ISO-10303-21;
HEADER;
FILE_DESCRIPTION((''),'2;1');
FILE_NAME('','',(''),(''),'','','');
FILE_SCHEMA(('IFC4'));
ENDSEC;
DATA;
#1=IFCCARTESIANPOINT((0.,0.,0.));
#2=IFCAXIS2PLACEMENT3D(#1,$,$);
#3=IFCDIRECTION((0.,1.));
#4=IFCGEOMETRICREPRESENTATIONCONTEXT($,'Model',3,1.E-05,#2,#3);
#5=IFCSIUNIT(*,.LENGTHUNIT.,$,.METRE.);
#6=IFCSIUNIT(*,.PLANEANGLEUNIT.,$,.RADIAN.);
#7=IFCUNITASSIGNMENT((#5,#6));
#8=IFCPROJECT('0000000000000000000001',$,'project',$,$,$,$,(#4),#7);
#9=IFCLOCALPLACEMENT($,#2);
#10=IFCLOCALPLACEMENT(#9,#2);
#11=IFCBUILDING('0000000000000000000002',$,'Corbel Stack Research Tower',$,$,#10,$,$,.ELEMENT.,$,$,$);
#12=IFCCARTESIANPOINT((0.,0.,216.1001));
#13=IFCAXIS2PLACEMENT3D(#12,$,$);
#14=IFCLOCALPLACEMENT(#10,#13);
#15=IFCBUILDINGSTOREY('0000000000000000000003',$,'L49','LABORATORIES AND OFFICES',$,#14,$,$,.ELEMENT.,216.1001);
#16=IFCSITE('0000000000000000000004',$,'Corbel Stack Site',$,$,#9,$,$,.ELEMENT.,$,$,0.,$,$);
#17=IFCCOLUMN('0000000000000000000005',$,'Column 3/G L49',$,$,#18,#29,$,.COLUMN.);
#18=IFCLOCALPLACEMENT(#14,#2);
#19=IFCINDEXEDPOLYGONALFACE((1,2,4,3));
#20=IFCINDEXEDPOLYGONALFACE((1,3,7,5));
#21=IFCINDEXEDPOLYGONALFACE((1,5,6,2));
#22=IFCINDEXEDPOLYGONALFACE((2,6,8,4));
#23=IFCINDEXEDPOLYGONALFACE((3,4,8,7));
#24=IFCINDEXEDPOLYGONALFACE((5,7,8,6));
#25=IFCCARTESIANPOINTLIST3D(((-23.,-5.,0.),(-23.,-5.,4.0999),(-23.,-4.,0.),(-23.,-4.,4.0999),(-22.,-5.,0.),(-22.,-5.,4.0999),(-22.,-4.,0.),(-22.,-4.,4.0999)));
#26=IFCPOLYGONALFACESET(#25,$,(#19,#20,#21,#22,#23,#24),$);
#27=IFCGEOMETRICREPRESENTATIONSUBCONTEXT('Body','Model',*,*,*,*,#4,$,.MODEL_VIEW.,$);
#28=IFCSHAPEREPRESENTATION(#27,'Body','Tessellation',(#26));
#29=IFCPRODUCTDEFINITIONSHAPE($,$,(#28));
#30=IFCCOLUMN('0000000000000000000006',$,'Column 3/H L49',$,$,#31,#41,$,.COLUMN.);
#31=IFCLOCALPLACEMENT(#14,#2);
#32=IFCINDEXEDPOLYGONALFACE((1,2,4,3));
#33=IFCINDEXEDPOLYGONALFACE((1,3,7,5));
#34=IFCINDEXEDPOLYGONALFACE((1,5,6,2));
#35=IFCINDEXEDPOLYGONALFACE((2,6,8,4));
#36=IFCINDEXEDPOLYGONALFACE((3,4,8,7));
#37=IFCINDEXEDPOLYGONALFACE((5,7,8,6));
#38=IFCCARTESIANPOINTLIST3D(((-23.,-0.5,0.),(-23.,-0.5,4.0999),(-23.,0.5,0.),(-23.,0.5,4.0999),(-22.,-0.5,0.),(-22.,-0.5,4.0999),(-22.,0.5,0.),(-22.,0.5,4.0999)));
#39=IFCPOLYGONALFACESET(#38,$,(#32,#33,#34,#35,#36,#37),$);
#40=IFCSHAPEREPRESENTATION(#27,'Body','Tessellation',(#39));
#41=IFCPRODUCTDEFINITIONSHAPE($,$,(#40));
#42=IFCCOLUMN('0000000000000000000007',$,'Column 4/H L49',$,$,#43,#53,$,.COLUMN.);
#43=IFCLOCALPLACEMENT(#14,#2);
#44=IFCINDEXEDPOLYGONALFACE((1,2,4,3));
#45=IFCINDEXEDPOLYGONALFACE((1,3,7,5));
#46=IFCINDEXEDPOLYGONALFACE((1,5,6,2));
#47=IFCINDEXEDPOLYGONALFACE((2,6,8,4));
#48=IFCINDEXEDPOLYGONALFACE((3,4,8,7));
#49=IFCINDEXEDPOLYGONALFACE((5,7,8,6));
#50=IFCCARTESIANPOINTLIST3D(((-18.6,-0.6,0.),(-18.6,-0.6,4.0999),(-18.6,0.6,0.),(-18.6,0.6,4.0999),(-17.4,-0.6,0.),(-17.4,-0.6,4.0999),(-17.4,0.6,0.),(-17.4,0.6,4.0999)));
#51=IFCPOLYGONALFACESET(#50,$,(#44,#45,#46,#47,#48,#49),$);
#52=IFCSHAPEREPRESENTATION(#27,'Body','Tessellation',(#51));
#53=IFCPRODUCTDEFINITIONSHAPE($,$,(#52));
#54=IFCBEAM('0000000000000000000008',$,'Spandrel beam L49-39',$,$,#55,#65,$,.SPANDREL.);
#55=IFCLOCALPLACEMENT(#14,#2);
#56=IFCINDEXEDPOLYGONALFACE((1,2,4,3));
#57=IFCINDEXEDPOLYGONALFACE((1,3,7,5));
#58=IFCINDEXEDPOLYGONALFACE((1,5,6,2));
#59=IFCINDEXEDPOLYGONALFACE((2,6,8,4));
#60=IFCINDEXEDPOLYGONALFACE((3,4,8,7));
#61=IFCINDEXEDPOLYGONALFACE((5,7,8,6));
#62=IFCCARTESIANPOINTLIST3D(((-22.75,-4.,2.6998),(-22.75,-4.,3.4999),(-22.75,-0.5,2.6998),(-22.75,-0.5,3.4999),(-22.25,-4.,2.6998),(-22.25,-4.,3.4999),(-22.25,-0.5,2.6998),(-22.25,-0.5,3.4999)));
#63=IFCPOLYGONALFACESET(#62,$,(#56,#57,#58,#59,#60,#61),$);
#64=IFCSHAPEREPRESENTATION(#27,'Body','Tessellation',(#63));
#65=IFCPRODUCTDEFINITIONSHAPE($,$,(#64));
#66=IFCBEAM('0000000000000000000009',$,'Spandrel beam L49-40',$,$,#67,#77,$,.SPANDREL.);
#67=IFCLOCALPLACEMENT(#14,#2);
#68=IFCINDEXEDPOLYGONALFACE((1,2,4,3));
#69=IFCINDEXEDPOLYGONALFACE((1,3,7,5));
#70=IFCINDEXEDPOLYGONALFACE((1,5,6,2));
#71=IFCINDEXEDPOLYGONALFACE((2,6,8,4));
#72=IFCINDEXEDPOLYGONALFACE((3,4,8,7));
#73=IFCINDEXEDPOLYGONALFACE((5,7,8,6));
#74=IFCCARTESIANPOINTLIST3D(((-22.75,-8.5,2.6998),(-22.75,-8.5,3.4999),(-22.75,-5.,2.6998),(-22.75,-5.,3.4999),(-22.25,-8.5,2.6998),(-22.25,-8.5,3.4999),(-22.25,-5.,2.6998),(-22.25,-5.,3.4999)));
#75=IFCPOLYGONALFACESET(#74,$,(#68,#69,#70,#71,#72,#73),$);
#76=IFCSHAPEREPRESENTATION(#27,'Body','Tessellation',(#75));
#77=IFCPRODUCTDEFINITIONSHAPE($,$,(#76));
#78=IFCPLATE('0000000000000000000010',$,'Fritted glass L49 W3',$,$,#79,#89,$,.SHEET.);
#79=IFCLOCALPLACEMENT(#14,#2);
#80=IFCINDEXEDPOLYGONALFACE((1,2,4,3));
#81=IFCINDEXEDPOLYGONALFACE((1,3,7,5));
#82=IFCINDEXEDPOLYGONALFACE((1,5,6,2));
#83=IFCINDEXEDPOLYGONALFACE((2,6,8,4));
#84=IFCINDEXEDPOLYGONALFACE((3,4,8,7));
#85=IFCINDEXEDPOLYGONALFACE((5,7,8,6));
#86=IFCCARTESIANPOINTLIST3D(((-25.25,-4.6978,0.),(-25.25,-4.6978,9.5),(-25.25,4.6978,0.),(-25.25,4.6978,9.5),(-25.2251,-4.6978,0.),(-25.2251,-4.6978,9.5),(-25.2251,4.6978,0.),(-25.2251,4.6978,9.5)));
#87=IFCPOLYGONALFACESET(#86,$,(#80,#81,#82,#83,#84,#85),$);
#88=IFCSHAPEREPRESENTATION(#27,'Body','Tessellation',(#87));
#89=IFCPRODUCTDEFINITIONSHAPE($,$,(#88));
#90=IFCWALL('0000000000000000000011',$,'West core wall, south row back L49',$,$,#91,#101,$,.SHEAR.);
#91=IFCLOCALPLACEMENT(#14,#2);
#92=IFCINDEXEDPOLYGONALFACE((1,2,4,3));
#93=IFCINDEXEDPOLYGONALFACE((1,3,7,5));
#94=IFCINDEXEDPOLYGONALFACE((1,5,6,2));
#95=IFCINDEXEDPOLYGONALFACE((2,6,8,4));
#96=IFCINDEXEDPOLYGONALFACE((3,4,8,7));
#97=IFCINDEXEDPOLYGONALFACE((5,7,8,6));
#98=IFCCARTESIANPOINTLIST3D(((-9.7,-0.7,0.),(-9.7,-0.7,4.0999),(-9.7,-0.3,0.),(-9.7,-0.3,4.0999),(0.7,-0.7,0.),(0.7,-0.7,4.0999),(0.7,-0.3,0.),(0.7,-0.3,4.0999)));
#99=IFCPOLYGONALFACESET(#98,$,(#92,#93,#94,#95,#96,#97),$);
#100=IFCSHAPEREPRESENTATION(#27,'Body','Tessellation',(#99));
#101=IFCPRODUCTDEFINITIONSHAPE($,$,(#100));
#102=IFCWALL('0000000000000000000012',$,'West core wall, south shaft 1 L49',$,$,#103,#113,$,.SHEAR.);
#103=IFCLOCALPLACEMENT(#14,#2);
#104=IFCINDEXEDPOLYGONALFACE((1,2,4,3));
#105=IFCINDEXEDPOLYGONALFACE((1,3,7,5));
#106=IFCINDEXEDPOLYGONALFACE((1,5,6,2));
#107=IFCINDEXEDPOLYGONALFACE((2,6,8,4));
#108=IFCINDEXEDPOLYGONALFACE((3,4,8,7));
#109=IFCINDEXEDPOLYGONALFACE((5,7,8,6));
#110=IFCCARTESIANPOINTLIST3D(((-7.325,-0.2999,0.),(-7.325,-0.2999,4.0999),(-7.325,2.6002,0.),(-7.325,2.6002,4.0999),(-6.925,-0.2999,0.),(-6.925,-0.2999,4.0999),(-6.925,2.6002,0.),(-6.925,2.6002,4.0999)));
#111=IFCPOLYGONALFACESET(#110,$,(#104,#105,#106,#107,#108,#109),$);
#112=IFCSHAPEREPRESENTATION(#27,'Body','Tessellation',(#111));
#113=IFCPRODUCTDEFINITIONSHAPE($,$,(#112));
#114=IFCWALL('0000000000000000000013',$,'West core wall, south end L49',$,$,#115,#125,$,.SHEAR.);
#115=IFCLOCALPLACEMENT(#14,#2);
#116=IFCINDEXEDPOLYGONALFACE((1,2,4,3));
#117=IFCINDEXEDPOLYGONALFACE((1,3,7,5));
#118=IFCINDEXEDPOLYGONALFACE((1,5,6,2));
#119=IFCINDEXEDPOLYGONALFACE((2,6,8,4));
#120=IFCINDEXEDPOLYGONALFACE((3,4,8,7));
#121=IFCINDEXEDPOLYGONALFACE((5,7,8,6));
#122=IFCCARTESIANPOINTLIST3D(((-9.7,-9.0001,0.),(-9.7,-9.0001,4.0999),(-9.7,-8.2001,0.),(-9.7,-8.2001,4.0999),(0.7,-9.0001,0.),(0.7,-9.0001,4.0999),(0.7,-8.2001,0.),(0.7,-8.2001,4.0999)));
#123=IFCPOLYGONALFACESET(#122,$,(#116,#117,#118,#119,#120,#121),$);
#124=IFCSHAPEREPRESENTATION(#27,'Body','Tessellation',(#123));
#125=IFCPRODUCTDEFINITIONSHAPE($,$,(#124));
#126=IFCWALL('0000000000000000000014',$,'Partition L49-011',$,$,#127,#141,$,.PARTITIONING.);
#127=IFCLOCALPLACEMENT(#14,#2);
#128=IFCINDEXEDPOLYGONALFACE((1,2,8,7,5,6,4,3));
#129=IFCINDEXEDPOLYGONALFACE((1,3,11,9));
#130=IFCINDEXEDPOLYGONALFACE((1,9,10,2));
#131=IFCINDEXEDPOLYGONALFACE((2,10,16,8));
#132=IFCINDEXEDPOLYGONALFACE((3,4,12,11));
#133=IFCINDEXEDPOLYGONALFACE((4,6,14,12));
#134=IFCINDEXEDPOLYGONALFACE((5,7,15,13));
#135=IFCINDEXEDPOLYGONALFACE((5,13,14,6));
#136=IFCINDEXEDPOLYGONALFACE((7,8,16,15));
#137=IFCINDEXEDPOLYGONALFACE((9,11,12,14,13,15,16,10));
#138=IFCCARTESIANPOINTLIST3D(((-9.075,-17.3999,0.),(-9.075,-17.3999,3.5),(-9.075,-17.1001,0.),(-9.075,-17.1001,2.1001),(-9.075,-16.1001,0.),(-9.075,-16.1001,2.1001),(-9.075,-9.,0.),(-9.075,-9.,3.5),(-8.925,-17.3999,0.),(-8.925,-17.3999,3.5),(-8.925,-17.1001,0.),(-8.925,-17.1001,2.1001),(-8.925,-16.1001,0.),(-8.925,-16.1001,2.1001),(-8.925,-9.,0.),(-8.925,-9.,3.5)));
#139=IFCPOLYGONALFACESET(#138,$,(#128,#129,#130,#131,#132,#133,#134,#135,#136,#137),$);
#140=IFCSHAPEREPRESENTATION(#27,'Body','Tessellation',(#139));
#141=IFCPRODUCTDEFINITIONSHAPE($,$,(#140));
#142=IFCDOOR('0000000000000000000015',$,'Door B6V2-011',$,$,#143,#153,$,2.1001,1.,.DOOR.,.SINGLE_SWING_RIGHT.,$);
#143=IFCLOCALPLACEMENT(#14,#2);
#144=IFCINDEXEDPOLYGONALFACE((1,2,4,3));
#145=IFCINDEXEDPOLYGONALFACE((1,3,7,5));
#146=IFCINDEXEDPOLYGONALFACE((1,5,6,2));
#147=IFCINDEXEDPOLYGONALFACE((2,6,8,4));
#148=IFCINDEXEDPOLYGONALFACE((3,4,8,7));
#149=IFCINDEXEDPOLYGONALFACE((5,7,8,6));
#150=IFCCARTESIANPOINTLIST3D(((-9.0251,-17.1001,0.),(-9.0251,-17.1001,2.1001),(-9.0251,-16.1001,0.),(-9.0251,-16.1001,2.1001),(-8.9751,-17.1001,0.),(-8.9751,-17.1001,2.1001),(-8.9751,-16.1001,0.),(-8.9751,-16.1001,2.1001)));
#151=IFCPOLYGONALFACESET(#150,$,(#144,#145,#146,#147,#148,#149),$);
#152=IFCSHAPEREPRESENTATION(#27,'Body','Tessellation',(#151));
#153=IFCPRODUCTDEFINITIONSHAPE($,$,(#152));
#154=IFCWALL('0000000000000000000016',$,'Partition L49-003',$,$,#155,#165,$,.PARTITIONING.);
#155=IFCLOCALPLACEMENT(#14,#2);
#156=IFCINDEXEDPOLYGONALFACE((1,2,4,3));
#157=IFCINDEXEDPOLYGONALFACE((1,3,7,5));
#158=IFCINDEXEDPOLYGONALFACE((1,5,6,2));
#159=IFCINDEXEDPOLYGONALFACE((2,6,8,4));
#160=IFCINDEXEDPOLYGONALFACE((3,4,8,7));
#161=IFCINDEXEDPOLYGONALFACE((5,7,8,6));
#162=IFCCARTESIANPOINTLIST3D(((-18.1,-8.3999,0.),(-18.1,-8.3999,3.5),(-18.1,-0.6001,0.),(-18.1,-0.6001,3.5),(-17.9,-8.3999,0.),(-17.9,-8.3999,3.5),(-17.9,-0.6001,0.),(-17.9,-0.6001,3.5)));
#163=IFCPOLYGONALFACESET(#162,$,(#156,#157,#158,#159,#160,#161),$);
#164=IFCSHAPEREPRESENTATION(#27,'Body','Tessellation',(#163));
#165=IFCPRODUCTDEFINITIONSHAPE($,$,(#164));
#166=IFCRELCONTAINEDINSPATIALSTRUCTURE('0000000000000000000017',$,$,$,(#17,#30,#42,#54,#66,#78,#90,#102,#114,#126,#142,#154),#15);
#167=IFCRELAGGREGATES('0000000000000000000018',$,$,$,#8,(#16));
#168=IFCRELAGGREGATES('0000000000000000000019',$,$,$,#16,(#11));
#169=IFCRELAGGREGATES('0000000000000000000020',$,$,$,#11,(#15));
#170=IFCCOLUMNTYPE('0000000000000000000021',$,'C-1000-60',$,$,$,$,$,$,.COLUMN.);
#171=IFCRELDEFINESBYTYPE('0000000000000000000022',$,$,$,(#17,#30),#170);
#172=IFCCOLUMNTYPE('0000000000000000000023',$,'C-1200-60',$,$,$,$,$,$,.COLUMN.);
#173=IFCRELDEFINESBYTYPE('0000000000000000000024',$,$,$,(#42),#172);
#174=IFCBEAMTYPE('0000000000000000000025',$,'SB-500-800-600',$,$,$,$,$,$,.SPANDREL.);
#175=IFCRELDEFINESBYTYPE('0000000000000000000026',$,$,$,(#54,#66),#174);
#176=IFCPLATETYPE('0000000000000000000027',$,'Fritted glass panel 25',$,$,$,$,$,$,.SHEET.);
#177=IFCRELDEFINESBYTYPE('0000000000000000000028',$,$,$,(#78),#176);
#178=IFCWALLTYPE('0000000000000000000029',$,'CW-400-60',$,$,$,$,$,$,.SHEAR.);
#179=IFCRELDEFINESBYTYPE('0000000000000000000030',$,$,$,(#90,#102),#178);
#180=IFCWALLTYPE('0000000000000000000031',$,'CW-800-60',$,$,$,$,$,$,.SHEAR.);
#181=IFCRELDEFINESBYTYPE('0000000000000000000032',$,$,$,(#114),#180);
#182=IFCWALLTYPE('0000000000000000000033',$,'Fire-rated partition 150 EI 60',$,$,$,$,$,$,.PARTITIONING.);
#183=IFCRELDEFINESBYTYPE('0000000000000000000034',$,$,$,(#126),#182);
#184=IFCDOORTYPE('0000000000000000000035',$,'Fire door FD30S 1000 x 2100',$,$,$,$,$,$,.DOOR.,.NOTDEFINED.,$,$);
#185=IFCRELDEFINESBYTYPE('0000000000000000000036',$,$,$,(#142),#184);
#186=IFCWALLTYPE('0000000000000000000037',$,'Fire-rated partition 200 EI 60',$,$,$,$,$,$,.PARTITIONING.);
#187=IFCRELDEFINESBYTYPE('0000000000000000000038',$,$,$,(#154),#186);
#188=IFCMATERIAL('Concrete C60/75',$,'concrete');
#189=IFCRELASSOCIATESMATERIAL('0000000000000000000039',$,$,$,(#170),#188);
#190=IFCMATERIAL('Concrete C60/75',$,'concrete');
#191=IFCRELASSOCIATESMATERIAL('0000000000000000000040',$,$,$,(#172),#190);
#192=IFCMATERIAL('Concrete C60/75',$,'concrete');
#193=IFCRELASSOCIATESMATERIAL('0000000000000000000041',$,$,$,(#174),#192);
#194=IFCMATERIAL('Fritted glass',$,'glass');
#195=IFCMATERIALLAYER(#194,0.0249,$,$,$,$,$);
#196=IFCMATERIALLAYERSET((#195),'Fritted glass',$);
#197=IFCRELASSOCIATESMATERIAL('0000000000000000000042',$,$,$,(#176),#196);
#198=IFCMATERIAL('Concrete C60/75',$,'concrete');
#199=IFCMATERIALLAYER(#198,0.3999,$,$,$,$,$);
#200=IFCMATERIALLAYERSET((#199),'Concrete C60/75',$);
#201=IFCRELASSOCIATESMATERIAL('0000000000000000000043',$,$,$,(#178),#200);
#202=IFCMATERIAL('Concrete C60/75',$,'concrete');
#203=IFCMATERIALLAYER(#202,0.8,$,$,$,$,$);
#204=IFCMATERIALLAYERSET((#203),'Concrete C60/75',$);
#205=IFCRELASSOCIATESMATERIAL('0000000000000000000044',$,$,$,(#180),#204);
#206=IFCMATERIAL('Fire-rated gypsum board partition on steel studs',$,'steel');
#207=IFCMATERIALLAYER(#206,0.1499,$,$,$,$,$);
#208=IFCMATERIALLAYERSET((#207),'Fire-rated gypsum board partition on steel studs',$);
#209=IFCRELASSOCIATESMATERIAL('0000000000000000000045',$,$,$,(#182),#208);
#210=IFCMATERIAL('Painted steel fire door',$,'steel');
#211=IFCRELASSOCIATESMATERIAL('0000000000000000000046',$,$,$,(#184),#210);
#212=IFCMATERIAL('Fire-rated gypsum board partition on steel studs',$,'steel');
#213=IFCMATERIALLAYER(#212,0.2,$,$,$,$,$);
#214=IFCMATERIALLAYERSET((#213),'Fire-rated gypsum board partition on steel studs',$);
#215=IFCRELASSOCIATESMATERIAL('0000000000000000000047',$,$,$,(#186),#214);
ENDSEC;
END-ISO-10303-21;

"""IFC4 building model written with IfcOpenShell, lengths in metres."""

from ifc_helpers import new_model, si_unit, direction, frame, frame_2d, origin, origin_2d, place, context, subcontext, project, spatial, rectangle, extrude, material, layer, layer_set, material_profile, profile_set, type_object, element, fill, save


model = new_model("IFC4")

# Units and contexts
model_context = context("Model", 3, precision=1e-05, world=origin(), true_north=direction((0.0, 1.0)))
body_context = subcontext(model_context, "Body", "Model", "MODEL_VIEW")
ifc_project = project(units=[si_unit("LENGTHUNIT", "METRE"), si_unit("PLANEANGLEUNIT", "RADIAN")], contexts=[model_context])

# Site, building, storey
site_placement = place(None, origin())
site = spatial("IfcSite", under=ifc_project, at=site_placement, Name="Corbel Stack Site", CompositionType="ELEMENT", RefElevation=0.0)
building_placement = place(site_placement, origin())
building = spatial("IfcBuilding", under=site, at=building_placement, Name="Corbel Stack Research Tower", CompositionType="ELEMENT")
storey_placement = place(building_placement, frame((0.0, 0.0, 216.1001)))
storey = spatial("IfcBuildingStorey", under=building, at=storey_placement, Name="L49", Description="LABORATORIES AND OFFICES", CompositionType="ELEMENT", Elevation=216.1001)

# Columns
ifc_material_1 = material(Name="Concrete C60/75", Category="concrete")
ifc_material_profile_1 = material_profile(ifc_material_1, rectangle(XDim=1.0, YDim=1.0, at=origin_2d()), Name="RC 1000 x 1000")
ifc_profile_set_1 = profile_set([ifc_material_profile_1], Name="Concrete C60/75")
column_type_1 = type_object("IfcColumnType", Name="C-1000-60", PredefinedType="COLUMN", material=ifc_profile_set_1)
for number, where, z_axis, x_axis, name in (
    (1, (-22.5, -4.5, 0.0), (0.0, 0.0, 1.0), (1.0, 0.0, 0.0), "Column 3/G L49"),
    (2, (-22.5, 0.0, 0.0), (0.0, 0.0, 1.0), (1.0, 0.0, 0.0), "Column 3/H L49"),
):
    element("IfcColumn", number, at=place(storey_placement, frame(where, z_axis=z_axis, x_axis=x_axis)), inside=storey, type_object=column_type_1, Name=name, PredefinedType="COLUMN", context=body_context, shape_type="SweptSolid", body=[
        extrude(rectangle(XDim=1.0, YDim=1.0, at=origin_2d()), origin(), (0.0, 0.0, 1.0), 4.0999),
    ])
ifc_material_2 = material(Name="Concrete C60/75", Category="concrete")
ifc_material_profile_2 = material_profile(ifc_material_2, rectangle(XDim=1.2, YDim=1.2, at=origin_2d()), Name="RC 1200 x 1200")
ifc_profile_set_2 = profile_set([ifc_material_profile_2], Name="Concrete C60/75")
column_type_2 = type_object("IfcColumnType", Name="C-1200-60", PredefinedType="COLUMN", material=ifc_profile_set_2)
column_placement = place(storey_placement, frame((-18.0, 0.0, 0.0), z_axis=(0.0, 0.0, 1.0), x_axis=(1.0, 0.0, 0.0)))
element("IfcColumn", 3, at=column_placement, inside=storey, type_object=column_type_2, Name="Column 4/H L49", PredefinedType="COLUMN", context=body_context, shape_type="SweptSolid", body=[
    extrude(rectangle(XDim=1.2, YDim=1.2, at=origin_2d()), origin(), (0.0, 0.0, 1.0), 4.0999),
])

# Beams
ifc_material_3 = material(Name="Concrete C60/75", Category="concrete")
ifc_material_profile_3 = material_profile(ifc_material_3, rectangle(XDim=0.5, YDim=0.8, at=origin_2d()), Name="RC 500 x 800")
ifc_profile_set_3 = profile_set([ifc_material_profile_3], Name="Concrete C60/75")
beam_type = type_object("IfcBeamType", Name="SB-500-800-600", PredefinedType="SPANDREL", material=ifc_profile_set_3)
for number, where, z_axis, x_axis, name in (
    (4, (-22.5, -0.5, 3.0999), (0.0, -1.0, 0.0), (1.0, 0.0, 0.0), "Spandrel beam L49-39"),
    (5, (-22.5, -5.0, 3.0999), (0.0, -1.0, 0.0), (1.0, 0.0, 0.0), "Spandrel beam L49-40"),
):
    element("IfcBeam", number, at=place(storey_placement, frame(where, z_axis=z_axis, x_axis=x_axis)), inside=storey, type_object=beam_type, Name=name, PredefinedType="SPANDREL", context=body_context, shape_type="SweptSolid", body=[
        extrude(rectangle(XDim=0.5, YDim=0.8, at=origin_2d()), origin(), (0.0, 0.0, 1.0), 3.5),
    ])

# Plate
ifc_material_4 = material(Name="Fritted glass", Category="glass")
ifc_layer_1 = layer(ifc_material_4, 0.0249)
ifc_layer_set_1 = layer_set([ifc_layer_1], Name="Fritted glass")
plate_type = type_object("IfcPlateType", Name="Fritted glass panel 25", PredefinedType="SHEET", material=ifc_layer_set_1)
plate_placement = place(storey_placement, frame((-25.2375, 0.0, 0.0), z_axis=(0.0, 0.0, 1.0), x_axis=(0.0, -1.0, 0.0)))
element("IfcPlate", 6, at=plate_placement, inside=storey, type_object=plate_type, Name="Fritted glass L49 W3", PredefinedType="SHEET", context=body_context, shape_type="SweptSolid", body=[
    extrude(rectangle(XDim=9.3955, YDim=0.0249, at=origin_2d()), origin(), (0.0, 0.0, 1.0), 9.5),
])

# Walls
ifc_material_5 = material(Name="Concrete C60/75", Category="concrete")
ifc_layer_2 = layer(ifc_material_5, 0.3999)
ifc_layer_set_2 = layer_set([ifc_layer_2], Name="Concrete C60/75")
wall_type_1 = type_object("IfcWallType", Name="CW-400-60", PredefinedType="SHEAR", material=ifc_layer_set_2)
wall_1_placement = place(storey_placement, frame((-9.7, -0.5, 0.0), z_axis=(0.0, 0.0, 1.0), x_axis=(1.0, 0.0, 0.0)))
element("IfcWall", 7, at=wall_1_placement, inside=storey, type_object=wall_type_1, Name="West core wall, south row back L49", PredefinedType="SHEAR", context=body_context, shape_type="SweptSolid", body=[
    extrude(rectangle(XDim=10.3999, YDim=0.3999, at=frame_2d((5.2, 0.0))), origin(), (0.0, 0.0, 1.0), 4.0999),
])
wall_2_placement = place(storey_placement, frame((-7.125, -0.3, 0.0), z_axis=(0.0, 0.0, 1.0), x_axis=(0.0, 1.0, 0.0)))
element("IfcWall", 8, at=wall_2_placement, inside=storey, type_object=wall_type_1, Name="West core wall, south shaft 1 L49", PredefinedType="SHEAR", context=body_context, shape_type="SweptSolid", body=[
    extrude(rectangle(XDim=2.9001, YDim=0.3999, at=frame_2d((1.4502, 0.0))), origin(), (0.0, 0.0, 1.0), 4.0999),
])
ifc_material_6 = material(Name="Concrete C60/75", Category="concrete")
ifc_layer_3 = layer(ifc_material_6, 0.8)
ifc_layer_set_3 = layer_set([ifc_layer_3], Name="Concrete C60/75")
wall_type_2 = type_object("IfcWallType", Name="CW-800-60", PredefinedType="SHEAR", material=ifc_layer_set_3)
wall_3_placement = place(storey_placement, frame((-9.7, -8.6001, 0.0), z_axis=(0.0, 0.0, 1.0), x_axis=(1.0, 0.0, 0.0)))
element("IfcWall", 9, at=wall_3_placement, inside=storey, type_object=wall_type_2, Name="West core wall, south end L49", PredefinedType="SHEAR", context=body_context, shape_type="SweptSolid", body=[
    extrude(rectangle(XDim=10.3999, YDim=0.8, at=frame_2d((5.2, 0.0))), origin(), (0.0, 0.0, 1.0), 4.0999),
])

# Wall, opening, door
ifc_material_7 = material(Name="Fire-rated gypsum board partition on steel studs", Category="steel")
ifc_layer_4 = layer(ifc_material_7, 0.1499)
ifc_layer_set_4 = layer_set([ifc_layer_4], Name="Fire-rated gypsum board partition on steel studs")
wall_type_3 = type_object("IfcWallType", Name="Fire-rated partition 150 EI 60", PredefinedType="PARTITIONING", material=ifc_layer_set_4)
wall_4_placement = place(storey_placement, frame((-9.0, -9.0, 0.0), z_axis=(0.0, 0.0, 1.0), x_axis=(0.0, -1.0, 0.0)))
wall_4 = element("IfcWall", 10, at=wall_4_placement, inside=storey, type_object=wall_type_3, Name="Partition L49-011", PredefinedType="PARTITIONING", context=body_context, shape_type="SweptSolid", body=[
    extrude(rectangle(XDim=8.3999, YDim=0.1499, at=frame_2d((4.2, 0.0))), origin(), (0.0, 0.0, 1.0), 3.5),
])
opening_1_placement = place(wall_4_placement, frame((7.1001, 0.0, 0.0)))
opening_1 = element("IfcOpeningElement", 11, at=opening_1_placement, cuts=wall_4, PredefinedType="OPENING", context=body_context, shape_type="SweptSolid", body=[
    extrude(rectangle(XDim=1.0, YDim=2.1001, at=frame_2d((0.5, 1.05))), frame((0.0, 0.085, 0.0), z_axis=(0.0, -1.0, 0.0), x_axis=(1.0, 0.0, 0.0)), (0.0, 0.0, 1.0), 0.1699),
])
ifc_material_8 = material(Name="Painted steel fire door", Category="steel")
door_type_1 = type_object("IfcDoorType", Name="Fire door FD30S 1000 x 2100", OperationType="NOTDEFINED", PredefinedType="DOOR", material=ifc_material_8)
door_1_placement = place(opening_1_placement, origin())
door_1 = element("IfcDoor", 12, at=door_1_placement, inside=storey, type_object=door_type_1, Name="Door B6V2-011", OperationType="SINGLE_SWING_RIGHT", OverallHeight=2.1001, OverallWidth=1.0, PredefinedType="DOOR", context=body_context, shape_type="SweptSolid", body=[
    extrude(rectangle(XDim=1.0, YDim=2.1001, at=frame_2d((0.5, 1.05))), frame((0.0, 0.0249, 0.0), z_axis=(0.0, -1.0, 0.0), x_axis=(1.0, 0.0, 0.0)), (0.0, 0.0, 1.0), 0.05),
])
fill(opening_1, door_1)

# Wall
ifc_material_9 = material(Name="Fire-rated gypsum board partition on steel studs", Category="steel")
ifc_layer_5 = layer(ifc_material_9, 0.2)
ifc_layer_set_5 = layer_set([ifc_layer_5], Name="Fire-rated gypsum board partition on steel studs")
wall_type_4 = type_object("IfcWallType", Name="Fire-rated partition 200 EI 60", PredefinedType="PARTITIONING", material=ifc_layer_set_5)
wall_5_placement = place(storey_placement, frame((-18.0, -8.3999, 0.0), z_axis=(0.0, 0.0, 1.0), x_axis=(0.0, 1.0, 0.0)))
element("IfcWall", 13, at=wall_5_placement, inside=storey, type_object=wall_type_4, Name="Partition L49-003", PredefinedType="PARTITIONING", context=body_context, shape_type="SweptSolid", body=[
    extrude(rectangle(XDim=7.7998, YDim=0.2, at=frame_2d((3.8999, 0.0))), origin(), (0.0, 0.0, 1.0), 3.5),
])

save(model, "model.ifc")
